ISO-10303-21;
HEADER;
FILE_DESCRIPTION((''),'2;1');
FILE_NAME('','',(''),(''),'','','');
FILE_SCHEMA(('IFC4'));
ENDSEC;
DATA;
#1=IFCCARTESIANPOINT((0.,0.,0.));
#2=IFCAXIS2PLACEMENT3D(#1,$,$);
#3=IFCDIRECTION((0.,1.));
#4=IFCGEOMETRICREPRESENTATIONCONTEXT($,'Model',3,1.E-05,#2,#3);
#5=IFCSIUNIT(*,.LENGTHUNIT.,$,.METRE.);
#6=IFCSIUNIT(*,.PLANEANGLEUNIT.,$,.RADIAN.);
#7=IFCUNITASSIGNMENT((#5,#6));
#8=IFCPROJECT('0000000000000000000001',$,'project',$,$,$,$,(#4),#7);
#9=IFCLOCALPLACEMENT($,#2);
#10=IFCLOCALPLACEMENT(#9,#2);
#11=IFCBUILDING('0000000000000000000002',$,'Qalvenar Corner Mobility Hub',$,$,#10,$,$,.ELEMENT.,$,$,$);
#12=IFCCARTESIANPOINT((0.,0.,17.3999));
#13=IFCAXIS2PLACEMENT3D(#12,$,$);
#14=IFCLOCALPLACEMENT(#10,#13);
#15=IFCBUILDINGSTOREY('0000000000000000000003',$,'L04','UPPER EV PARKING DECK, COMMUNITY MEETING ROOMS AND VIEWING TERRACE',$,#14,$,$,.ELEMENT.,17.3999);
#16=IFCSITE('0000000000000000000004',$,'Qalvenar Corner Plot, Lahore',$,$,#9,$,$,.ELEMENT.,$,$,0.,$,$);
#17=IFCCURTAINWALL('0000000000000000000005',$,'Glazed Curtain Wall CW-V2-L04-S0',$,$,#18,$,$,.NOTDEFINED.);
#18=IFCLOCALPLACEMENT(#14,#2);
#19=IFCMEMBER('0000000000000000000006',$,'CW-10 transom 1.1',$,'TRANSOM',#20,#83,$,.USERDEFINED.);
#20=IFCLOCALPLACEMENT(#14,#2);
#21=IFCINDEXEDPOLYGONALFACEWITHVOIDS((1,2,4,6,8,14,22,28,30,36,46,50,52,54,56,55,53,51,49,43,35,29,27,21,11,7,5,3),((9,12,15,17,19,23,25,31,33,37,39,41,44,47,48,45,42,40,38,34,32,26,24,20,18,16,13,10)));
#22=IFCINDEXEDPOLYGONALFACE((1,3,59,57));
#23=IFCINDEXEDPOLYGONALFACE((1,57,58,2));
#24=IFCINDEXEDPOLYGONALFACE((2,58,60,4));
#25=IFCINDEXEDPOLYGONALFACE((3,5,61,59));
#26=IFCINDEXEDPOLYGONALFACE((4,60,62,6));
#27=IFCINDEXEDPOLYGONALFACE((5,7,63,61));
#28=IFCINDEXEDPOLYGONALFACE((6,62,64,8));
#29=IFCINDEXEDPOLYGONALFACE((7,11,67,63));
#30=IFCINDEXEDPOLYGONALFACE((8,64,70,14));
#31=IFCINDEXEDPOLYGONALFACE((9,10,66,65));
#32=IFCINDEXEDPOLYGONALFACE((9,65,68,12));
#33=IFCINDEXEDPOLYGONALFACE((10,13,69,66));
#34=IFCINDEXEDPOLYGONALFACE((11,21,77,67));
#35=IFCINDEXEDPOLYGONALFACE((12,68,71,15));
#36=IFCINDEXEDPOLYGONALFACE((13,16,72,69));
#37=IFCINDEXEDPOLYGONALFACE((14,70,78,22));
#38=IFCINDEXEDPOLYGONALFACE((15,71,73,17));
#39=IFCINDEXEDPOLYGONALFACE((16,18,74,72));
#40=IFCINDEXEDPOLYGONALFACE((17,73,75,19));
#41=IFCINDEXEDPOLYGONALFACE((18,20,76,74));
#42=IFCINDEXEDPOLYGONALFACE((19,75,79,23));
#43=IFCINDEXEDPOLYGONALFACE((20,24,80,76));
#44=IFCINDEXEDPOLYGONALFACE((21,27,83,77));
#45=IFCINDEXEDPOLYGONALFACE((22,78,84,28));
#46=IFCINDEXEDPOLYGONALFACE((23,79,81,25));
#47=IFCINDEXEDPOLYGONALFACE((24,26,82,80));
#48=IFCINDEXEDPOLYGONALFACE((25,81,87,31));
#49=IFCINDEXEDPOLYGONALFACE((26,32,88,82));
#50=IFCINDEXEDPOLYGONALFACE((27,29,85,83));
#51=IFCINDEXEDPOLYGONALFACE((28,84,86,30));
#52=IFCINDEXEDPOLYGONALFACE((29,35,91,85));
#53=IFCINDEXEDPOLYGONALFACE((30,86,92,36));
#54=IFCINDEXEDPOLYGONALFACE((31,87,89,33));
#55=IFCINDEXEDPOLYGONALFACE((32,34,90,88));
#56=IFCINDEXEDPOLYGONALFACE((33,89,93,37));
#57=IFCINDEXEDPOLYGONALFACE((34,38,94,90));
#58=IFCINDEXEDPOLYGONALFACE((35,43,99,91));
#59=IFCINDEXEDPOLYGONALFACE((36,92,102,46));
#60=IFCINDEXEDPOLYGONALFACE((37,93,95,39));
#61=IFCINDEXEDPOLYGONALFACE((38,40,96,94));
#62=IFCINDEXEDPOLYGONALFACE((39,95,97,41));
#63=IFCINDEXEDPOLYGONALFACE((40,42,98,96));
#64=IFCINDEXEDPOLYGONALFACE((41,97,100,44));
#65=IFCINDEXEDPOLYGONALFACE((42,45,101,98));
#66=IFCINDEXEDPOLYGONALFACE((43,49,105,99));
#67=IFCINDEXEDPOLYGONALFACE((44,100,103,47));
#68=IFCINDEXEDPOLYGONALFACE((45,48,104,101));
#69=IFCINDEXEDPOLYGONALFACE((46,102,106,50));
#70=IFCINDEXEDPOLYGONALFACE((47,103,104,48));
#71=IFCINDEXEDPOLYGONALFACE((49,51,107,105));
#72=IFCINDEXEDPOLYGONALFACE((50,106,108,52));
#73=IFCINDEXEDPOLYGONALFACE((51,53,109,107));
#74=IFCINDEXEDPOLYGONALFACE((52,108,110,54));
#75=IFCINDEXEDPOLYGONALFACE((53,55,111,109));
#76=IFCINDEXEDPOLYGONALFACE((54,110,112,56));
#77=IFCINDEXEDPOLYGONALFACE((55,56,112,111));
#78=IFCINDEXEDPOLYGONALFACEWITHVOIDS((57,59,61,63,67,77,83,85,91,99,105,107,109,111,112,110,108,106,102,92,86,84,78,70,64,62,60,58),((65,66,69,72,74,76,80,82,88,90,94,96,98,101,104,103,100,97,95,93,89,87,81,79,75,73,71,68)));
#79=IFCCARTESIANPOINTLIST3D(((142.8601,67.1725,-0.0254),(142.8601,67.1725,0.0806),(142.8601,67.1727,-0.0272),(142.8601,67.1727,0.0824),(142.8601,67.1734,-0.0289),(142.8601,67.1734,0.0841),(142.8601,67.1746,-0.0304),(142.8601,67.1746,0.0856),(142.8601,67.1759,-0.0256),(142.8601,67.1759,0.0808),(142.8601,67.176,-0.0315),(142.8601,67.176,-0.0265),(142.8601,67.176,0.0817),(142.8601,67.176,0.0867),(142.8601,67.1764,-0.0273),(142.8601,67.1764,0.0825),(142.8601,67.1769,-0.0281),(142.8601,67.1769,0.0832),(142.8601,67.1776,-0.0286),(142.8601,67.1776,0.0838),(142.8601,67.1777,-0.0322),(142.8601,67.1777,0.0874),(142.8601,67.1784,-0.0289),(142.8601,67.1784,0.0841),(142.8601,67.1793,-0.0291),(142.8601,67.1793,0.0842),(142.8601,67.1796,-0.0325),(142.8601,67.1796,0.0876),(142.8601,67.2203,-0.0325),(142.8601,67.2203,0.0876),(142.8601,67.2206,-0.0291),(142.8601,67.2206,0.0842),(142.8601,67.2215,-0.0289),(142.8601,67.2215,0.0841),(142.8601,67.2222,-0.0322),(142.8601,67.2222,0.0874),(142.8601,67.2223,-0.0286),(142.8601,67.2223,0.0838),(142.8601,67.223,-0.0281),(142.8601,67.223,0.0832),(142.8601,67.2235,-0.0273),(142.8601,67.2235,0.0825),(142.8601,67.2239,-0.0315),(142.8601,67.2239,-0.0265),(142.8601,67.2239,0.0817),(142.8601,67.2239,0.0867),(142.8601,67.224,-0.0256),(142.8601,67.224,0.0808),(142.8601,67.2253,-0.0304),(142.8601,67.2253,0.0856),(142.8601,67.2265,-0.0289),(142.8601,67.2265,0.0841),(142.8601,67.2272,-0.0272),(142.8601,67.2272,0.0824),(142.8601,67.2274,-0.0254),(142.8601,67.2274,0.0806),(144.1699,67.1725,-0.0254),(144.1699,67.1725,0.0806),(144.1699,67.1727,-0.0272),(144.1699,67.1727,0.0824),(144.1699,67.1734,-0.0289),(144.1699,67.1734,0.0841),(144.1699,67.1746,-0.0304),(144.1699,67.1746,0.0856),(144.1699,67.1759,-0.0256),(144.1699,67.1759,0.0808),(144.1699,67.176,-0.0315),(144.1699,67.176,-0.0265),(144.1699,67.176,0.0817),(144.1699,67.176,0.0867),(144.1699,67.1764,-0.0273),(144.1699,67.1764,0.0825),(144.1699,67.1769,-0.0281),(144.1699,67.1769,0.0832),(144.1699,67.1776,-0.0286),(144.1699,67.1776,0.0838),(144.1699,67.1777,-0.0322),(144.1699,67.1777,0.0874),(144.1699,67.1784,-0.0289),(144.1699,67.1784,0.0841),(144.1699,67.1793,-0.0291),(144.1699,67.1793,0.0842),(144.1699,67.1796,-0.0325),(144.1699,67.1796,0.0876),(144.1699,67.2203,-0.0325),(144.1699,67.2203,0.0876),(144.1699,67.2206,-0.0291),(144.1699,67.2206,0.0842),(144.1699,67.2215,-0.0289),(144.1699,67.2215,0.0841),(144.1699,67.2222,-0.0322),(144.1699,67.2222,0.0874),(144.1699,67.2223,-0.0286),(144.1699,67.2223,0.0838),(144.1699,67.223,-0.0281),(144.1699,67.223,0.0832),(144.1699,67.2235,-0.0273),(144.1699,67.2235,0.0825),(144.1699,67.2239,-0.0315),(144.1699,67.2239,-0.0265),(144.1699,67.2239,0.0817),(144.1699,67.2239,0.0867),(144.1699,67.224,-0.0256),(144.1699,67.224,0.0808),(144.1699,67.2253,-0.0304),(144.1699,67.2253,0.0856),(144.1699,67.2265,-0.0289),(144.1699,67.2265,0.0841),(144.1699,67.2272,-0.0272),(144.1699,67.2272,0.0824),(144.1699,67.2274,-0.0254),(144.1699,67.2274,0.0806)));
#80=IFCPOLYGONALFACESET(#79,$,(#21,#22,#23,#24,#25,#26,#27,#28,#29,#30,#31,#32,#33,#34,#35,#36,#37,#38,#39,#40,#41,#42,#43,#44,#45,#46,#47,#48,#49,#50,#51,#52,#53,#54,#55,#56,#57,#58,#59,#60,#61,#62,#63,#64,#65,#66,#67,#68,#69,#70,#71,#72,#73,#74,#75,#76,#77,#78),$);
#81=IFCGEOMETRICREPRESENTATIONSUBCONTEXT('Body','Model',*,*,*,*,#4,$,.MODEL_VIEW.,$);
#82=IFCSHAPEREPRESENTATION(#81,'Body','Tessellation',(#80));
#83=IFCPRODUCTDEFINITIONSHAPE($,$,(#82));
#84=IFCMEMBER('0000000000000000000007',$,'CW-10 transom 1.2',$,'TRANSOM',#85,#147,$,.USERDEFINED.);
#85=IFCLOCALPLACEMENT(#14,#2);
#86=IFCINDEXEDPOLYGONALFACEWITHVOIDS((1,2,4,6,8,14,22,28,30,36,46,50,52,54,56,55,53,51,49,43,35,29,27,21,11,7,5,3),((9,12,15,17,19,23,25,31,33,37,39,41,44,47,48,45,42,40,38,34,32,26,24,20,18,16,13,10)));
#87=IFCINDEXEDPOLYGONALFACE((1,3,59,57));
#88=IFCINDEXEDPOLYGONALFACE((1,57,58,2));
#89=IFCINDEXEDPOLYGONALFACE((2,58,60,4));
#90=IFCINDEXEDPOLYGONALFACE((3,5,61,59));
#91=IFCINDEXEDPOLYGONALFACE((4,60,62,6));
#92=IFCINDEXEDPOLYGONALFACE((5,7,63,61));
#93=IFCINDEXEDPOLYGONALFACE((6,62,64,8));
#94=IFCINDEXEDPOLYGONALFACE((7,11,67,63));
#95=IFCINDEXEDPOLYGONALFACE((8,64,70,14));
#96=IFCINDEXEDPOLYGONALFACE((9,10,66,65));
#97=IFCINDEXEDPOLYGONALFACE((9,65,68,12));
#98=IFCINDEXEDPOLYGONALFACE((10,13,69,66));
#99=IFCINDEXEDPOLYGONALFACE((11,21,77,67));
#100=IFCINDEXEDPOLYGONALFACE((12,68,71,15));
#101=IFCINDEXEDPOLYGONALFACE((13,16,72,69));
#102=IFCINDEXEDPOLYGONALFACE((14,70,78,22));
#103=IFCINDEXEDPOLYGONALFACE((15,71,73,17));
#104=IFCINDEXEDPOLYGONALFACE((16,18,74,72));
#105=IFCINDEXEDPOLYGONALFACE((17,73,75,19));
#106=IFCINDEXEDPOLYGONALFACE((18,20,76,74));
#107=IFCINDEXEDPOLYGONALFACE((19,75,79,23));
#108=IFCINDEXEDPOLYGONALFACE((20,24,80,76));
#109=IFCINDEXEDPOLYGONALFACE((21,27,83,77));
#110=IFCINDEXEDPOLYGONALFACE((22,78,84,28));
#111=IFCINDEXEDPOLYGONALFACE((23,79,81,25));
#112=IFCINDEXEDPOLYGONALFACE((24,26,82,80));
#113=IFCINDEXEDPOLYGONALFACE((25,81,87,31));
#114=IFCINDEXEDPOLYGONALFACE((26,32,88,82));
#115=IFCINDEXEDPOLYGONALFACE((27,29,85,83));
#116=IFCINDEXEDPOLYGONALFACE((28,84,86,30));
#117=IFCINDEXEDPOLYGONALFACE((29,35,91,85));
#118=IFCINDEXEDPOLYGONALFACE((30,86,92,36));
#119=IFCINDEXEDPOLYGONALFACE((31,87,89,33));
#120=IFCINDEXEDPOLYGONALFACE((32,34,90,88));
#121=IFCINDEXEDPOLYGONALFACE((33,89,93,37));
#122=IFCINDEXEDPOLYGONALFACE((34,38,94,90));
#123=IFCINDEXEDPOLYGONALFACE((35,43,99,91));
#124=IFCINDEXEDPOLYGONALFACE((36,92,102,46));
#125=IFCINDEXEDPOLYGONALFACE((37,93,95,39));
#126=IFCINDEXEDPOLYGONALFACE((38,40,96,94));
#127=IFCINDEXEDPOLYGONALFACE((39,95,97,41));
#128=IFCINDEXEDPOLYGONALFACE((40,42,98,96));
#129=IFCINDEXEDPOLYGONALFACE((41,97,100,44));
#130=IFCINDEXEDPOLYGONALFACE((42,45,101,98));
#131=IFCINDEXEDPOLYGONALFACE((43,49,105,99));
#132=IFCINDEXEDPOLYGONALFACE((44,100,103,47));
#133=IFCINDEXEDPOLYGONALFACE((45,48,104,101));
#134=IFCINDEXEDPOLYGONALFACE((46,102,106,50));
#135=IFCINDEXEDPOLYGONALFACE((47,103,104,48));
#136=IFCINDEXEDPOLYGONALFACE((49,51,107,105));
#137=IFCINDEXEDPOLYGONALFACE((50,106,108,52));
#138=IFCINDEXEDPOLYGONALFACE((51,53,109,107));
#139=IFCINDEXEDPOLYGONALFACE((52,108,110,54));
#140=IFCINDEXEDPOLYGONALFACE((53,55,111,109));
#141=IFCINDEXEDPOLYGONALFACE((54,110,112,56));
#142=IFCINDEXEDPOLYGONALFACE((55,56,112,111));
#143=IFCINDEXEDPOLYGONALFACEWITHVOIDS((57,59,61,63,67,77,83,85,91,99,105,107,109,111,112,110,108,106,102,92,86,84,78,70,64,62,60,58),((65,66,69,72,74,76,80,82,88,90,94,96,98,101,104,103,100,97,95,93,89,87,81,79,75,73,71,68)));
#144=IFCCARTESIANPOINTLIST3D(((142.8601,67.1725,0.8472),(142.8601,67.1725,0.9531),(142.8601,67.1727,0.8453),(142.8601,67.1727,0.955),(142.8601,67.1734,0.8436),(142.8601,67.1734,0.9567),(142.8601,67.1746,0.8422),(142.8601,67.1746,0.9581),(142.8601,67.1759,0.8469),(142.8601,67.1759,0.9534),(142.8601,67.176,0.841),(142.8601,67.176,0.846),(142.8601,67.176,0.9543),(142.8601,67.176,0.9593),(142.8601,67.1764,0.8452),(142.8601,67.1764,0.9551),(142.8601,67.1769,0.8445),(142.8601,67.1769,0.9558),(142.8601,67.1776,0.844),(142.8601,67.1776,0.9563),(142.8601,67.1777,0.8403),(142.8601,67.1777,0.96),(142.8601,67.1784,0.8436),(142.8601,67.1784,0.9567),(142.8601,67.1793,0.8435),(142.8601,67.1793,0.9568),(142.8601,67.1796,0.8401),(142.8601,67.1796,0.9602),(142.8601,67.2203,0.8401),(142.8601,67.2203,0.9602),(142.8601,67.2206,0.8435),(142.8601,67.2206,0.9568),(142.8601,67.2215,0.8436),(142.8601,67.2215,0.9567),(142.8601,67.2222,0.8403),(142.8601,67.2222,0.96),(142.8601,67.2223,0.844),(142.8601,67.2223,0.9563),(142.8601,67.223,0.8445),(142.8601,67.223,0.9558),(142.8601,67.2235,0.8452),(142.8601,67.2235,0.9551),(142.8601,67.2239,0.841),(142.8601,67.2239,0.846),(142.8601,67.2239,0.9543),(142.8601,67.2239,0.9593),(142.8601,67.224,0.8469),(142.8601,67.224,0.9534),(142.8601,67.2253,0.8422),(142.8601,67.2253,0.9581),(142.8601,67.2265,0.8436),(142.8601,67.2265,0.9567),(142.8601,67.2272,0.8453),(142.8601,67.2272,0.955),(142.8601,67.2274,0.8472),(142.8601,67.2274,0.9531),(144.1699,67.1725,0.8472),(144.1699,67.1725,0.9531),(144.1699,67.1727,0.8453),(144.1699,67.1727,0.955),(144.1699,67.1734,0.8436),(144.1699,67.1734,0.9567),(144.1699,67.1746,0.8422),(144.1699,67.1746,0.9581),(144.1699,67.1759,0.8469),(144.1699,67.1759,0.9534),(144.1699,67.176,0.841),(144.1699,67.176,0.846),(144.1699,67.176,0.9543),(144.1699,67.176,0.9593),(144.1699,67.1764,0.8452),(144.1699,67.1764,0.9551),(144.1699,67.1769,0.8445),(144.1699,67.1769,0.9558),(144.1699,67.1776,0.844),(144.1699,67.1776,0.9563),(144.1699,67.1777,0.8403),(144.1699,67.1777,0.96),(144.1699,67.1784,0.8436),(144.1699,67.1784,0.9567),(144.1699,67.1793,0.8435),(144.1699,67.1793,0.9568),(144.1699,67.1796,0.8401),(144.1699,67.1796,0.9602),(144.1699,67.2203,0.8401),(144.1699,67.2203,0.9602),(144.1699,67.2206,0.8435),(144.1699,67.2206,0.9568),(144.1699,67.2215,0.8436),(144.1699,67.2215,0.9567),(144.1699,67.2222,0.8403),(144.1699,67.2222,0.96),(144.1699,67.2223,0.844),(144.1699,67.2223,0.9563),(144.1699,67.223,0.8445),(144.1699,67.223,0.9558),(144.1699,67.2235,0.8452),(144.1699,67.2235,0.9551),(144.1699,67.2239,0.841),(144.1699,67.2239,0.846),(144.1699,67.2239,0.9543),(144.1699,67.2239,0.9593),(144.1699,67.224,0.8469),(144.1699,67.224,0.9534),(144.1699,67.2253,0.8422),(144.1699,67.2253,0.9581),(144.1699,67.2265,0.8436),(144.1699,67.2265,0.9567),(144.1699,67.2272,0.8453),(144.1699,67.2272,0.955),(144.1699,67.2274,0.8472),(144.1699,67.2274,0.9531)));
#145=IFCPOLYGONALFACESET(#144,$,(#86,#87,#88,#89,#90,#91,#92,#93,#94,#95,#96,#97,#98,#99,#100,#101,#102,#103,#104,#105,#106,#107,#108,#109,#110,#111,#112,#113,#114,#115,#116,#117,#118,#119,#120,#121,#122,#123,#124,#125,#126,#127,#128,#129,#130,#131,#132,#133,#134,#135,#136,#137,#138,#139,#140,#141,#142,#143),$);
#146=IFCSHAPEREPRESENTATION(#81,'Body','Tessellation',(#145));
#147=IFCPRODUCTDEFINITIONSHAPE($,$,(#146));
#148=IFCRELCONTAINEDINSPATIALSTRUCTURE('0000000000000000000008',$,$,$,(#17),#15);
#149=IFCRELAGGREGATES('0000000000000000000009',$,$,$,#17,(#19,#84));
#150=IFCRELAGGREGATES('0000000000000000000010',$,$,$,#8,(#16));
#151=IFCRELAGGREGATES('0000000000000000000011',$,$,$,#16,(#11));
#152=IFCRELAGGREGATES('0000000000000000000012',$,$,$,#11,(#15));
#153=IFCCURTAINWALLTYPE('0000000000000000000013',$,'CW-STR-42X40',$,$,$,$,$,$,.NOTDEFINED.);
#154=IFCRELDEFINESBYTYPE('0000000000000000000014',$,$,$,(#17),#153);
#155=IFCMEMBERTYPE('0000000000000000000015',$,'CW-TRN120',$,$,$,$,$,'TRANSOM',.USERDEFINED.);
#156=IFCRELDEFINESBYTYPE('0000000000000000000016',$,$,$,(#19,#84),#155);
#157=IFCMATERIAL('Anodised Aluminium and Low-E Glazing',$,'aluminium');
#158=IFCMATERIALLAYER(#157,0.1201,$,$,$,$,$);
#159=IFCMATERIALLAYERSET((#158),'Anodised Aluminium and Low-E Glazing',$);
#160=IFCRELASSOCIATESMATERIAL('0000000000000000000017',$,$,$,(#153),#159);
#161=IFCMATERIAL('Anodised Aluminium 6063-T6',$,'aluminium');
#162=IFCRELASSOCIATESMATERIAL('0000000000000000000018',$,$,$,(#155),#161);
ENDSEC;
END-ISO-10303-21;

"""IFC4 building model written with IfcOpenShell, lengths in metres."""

from ifc_helpers import new_model, si_unit, direction, frame, origin, origin_2d, place, context, subcontext, project, spatial, hollow_rectangle, extrude, material, layer, layer_set, material_profile, profile_set, type_object, element, aggregate, save


model = new_model("IFC4")

# Units and contexts
model_context = context("Model", 3, precision=1e-05, world=origin(), true_north=direction((0.0, 1.0)))
body_context = subcontext(model_context, "Body", "Model", "MODEL_VIEW")
ifc_project = project(units=[si_unit("LENGTHUNIT", "METRE"), si_unit("PLANEANGLEUNIT", "RADIAN")], contexts=[model_context])

# Site, building, storey
site_placement = place(None, origin())
site = spatial("IfcSite", under=ifc_project, at=site_placement, Name="Qalvenar Corner Plot, Lahore", CompositionType="ELEMENT", RefElevation=0.0)
building_placement = place(site_placement, origin())
building = spatial("IfcBuilding", under=site, at=building_placement, Name="Qalvenar Corner Mobility Hub", CompositionType="ELEMENT")
storey_placement = place(building_placement, frame((0.0, 0.0, 17.3999)))
storey = spatial("IfcBuildingStorey", under=building, at=storey_placement, Name="L04", Description="UPPER EV PARKING DECK, COMMUNITY MEETING ROOMS AND VIEWING TERRACE", CompositionType="ELEMENT", Elevation=17.3999)

# Curtain wall, members
ifc_material_1 = material(Name="Anodised Aluminium and Low-E Glazing", Category="aluminium")
ifc_layer_1 = layer(ifc_material_1, 0.1201)
ifc_layer_set_1 = layer_set([ifc_layer_1], Name="Anodised Aluminium and Low-E Glazing")
curtain_wall_type = type_object("IfcCurtainWallType", Name="CW-STR-42X40", PredefinedType="NOTDEFINED", material=ifc_layer_set_1)
curtain_wall_placement = place(storey_placement, origin())
curtain_wall = element("IfcCurtainWall", 1, at=curtain_wall_placement, inside=storey, type_object=curtain_wall_type, Name="Glazed Curtain Wall CW-V2-L04-S0", PredefinedType="NOTDEFINED")
ifc_material_2 = material(Name="Anodised Aluminium 6063-T6", Category="aluminium")
ifc_material_profile_1 = material_profile(ifc_material_2, hollow_rectangle(XDim=0.0549, YDim=0.1201, WallThickness=0.0034, InnerFilletRadius=0.0034, OuterFilletRadius=0.0071, at=origin_2d()), Name="RHS120x55x3.5")
ifc_profile_set_1 = profile_set([ifc_material_profile_1], Name="Anodised Aluminium 6063-T6")
member_type_1 = type_object("IfcMemberType", Name="CW-TRN120", ElementType="TRANSOM", PredefinedType="USERDEFINED", material=ifc_profile_set_1)
member_1_placement = place(storey_placement, frame((142.8601, 67.2, 0.0276), z_axis=(1.0, 0.0, 0.0), x_axis=(0.0, 1.0, 0.0)))
member_1 = element("IfcMember", 2, at=member_1_placement, type_object=member_type_1, Name="CW-10 transom 1.1", ObjectType="TRANSOM", PredefinedType="USERDEFINED", context=body_context, shape_type="SweptSolid", body=[
    extrude(hollow_rectangle(XDim=0.0549, YDim=0.1201, WallThickness=0.0034, InnerFilletRadius=0.0034, OuterFilletRadius=0.0071, at=origin_2d()), origin(), (0.0, 0.0, 1.0), 1.3098),
])
member_2_placement = place(storey_placement, frame((142.8601, 67.2, 0.9001), z_axis=(1.0, 0.0, 0.0), x_axis=(0.0, 1.0, 0.0)))
member_2 = element("IfcMember", 3, at=member_2_placement, type_object=member_type_1, Name="CW-10 transom 1.2", ObjectType="TRANSOM", PredefinedType="USERDEFINED", context=body_context, shape_type="SweptSolid", body=[
    extrude(hollow_rectangle(XDim=0.0549, YDim=0.1201, WallThickness=0.0034, InnerFilletRadius=0.0034, OuterFilletRadius=0.0071, at=origin_2d()), origin(), (0.0, 0.0, 1.0), 1.3098),
])
aggregate(curtain_wall, [member_1, member_2])

save(model, "model.ifc")
